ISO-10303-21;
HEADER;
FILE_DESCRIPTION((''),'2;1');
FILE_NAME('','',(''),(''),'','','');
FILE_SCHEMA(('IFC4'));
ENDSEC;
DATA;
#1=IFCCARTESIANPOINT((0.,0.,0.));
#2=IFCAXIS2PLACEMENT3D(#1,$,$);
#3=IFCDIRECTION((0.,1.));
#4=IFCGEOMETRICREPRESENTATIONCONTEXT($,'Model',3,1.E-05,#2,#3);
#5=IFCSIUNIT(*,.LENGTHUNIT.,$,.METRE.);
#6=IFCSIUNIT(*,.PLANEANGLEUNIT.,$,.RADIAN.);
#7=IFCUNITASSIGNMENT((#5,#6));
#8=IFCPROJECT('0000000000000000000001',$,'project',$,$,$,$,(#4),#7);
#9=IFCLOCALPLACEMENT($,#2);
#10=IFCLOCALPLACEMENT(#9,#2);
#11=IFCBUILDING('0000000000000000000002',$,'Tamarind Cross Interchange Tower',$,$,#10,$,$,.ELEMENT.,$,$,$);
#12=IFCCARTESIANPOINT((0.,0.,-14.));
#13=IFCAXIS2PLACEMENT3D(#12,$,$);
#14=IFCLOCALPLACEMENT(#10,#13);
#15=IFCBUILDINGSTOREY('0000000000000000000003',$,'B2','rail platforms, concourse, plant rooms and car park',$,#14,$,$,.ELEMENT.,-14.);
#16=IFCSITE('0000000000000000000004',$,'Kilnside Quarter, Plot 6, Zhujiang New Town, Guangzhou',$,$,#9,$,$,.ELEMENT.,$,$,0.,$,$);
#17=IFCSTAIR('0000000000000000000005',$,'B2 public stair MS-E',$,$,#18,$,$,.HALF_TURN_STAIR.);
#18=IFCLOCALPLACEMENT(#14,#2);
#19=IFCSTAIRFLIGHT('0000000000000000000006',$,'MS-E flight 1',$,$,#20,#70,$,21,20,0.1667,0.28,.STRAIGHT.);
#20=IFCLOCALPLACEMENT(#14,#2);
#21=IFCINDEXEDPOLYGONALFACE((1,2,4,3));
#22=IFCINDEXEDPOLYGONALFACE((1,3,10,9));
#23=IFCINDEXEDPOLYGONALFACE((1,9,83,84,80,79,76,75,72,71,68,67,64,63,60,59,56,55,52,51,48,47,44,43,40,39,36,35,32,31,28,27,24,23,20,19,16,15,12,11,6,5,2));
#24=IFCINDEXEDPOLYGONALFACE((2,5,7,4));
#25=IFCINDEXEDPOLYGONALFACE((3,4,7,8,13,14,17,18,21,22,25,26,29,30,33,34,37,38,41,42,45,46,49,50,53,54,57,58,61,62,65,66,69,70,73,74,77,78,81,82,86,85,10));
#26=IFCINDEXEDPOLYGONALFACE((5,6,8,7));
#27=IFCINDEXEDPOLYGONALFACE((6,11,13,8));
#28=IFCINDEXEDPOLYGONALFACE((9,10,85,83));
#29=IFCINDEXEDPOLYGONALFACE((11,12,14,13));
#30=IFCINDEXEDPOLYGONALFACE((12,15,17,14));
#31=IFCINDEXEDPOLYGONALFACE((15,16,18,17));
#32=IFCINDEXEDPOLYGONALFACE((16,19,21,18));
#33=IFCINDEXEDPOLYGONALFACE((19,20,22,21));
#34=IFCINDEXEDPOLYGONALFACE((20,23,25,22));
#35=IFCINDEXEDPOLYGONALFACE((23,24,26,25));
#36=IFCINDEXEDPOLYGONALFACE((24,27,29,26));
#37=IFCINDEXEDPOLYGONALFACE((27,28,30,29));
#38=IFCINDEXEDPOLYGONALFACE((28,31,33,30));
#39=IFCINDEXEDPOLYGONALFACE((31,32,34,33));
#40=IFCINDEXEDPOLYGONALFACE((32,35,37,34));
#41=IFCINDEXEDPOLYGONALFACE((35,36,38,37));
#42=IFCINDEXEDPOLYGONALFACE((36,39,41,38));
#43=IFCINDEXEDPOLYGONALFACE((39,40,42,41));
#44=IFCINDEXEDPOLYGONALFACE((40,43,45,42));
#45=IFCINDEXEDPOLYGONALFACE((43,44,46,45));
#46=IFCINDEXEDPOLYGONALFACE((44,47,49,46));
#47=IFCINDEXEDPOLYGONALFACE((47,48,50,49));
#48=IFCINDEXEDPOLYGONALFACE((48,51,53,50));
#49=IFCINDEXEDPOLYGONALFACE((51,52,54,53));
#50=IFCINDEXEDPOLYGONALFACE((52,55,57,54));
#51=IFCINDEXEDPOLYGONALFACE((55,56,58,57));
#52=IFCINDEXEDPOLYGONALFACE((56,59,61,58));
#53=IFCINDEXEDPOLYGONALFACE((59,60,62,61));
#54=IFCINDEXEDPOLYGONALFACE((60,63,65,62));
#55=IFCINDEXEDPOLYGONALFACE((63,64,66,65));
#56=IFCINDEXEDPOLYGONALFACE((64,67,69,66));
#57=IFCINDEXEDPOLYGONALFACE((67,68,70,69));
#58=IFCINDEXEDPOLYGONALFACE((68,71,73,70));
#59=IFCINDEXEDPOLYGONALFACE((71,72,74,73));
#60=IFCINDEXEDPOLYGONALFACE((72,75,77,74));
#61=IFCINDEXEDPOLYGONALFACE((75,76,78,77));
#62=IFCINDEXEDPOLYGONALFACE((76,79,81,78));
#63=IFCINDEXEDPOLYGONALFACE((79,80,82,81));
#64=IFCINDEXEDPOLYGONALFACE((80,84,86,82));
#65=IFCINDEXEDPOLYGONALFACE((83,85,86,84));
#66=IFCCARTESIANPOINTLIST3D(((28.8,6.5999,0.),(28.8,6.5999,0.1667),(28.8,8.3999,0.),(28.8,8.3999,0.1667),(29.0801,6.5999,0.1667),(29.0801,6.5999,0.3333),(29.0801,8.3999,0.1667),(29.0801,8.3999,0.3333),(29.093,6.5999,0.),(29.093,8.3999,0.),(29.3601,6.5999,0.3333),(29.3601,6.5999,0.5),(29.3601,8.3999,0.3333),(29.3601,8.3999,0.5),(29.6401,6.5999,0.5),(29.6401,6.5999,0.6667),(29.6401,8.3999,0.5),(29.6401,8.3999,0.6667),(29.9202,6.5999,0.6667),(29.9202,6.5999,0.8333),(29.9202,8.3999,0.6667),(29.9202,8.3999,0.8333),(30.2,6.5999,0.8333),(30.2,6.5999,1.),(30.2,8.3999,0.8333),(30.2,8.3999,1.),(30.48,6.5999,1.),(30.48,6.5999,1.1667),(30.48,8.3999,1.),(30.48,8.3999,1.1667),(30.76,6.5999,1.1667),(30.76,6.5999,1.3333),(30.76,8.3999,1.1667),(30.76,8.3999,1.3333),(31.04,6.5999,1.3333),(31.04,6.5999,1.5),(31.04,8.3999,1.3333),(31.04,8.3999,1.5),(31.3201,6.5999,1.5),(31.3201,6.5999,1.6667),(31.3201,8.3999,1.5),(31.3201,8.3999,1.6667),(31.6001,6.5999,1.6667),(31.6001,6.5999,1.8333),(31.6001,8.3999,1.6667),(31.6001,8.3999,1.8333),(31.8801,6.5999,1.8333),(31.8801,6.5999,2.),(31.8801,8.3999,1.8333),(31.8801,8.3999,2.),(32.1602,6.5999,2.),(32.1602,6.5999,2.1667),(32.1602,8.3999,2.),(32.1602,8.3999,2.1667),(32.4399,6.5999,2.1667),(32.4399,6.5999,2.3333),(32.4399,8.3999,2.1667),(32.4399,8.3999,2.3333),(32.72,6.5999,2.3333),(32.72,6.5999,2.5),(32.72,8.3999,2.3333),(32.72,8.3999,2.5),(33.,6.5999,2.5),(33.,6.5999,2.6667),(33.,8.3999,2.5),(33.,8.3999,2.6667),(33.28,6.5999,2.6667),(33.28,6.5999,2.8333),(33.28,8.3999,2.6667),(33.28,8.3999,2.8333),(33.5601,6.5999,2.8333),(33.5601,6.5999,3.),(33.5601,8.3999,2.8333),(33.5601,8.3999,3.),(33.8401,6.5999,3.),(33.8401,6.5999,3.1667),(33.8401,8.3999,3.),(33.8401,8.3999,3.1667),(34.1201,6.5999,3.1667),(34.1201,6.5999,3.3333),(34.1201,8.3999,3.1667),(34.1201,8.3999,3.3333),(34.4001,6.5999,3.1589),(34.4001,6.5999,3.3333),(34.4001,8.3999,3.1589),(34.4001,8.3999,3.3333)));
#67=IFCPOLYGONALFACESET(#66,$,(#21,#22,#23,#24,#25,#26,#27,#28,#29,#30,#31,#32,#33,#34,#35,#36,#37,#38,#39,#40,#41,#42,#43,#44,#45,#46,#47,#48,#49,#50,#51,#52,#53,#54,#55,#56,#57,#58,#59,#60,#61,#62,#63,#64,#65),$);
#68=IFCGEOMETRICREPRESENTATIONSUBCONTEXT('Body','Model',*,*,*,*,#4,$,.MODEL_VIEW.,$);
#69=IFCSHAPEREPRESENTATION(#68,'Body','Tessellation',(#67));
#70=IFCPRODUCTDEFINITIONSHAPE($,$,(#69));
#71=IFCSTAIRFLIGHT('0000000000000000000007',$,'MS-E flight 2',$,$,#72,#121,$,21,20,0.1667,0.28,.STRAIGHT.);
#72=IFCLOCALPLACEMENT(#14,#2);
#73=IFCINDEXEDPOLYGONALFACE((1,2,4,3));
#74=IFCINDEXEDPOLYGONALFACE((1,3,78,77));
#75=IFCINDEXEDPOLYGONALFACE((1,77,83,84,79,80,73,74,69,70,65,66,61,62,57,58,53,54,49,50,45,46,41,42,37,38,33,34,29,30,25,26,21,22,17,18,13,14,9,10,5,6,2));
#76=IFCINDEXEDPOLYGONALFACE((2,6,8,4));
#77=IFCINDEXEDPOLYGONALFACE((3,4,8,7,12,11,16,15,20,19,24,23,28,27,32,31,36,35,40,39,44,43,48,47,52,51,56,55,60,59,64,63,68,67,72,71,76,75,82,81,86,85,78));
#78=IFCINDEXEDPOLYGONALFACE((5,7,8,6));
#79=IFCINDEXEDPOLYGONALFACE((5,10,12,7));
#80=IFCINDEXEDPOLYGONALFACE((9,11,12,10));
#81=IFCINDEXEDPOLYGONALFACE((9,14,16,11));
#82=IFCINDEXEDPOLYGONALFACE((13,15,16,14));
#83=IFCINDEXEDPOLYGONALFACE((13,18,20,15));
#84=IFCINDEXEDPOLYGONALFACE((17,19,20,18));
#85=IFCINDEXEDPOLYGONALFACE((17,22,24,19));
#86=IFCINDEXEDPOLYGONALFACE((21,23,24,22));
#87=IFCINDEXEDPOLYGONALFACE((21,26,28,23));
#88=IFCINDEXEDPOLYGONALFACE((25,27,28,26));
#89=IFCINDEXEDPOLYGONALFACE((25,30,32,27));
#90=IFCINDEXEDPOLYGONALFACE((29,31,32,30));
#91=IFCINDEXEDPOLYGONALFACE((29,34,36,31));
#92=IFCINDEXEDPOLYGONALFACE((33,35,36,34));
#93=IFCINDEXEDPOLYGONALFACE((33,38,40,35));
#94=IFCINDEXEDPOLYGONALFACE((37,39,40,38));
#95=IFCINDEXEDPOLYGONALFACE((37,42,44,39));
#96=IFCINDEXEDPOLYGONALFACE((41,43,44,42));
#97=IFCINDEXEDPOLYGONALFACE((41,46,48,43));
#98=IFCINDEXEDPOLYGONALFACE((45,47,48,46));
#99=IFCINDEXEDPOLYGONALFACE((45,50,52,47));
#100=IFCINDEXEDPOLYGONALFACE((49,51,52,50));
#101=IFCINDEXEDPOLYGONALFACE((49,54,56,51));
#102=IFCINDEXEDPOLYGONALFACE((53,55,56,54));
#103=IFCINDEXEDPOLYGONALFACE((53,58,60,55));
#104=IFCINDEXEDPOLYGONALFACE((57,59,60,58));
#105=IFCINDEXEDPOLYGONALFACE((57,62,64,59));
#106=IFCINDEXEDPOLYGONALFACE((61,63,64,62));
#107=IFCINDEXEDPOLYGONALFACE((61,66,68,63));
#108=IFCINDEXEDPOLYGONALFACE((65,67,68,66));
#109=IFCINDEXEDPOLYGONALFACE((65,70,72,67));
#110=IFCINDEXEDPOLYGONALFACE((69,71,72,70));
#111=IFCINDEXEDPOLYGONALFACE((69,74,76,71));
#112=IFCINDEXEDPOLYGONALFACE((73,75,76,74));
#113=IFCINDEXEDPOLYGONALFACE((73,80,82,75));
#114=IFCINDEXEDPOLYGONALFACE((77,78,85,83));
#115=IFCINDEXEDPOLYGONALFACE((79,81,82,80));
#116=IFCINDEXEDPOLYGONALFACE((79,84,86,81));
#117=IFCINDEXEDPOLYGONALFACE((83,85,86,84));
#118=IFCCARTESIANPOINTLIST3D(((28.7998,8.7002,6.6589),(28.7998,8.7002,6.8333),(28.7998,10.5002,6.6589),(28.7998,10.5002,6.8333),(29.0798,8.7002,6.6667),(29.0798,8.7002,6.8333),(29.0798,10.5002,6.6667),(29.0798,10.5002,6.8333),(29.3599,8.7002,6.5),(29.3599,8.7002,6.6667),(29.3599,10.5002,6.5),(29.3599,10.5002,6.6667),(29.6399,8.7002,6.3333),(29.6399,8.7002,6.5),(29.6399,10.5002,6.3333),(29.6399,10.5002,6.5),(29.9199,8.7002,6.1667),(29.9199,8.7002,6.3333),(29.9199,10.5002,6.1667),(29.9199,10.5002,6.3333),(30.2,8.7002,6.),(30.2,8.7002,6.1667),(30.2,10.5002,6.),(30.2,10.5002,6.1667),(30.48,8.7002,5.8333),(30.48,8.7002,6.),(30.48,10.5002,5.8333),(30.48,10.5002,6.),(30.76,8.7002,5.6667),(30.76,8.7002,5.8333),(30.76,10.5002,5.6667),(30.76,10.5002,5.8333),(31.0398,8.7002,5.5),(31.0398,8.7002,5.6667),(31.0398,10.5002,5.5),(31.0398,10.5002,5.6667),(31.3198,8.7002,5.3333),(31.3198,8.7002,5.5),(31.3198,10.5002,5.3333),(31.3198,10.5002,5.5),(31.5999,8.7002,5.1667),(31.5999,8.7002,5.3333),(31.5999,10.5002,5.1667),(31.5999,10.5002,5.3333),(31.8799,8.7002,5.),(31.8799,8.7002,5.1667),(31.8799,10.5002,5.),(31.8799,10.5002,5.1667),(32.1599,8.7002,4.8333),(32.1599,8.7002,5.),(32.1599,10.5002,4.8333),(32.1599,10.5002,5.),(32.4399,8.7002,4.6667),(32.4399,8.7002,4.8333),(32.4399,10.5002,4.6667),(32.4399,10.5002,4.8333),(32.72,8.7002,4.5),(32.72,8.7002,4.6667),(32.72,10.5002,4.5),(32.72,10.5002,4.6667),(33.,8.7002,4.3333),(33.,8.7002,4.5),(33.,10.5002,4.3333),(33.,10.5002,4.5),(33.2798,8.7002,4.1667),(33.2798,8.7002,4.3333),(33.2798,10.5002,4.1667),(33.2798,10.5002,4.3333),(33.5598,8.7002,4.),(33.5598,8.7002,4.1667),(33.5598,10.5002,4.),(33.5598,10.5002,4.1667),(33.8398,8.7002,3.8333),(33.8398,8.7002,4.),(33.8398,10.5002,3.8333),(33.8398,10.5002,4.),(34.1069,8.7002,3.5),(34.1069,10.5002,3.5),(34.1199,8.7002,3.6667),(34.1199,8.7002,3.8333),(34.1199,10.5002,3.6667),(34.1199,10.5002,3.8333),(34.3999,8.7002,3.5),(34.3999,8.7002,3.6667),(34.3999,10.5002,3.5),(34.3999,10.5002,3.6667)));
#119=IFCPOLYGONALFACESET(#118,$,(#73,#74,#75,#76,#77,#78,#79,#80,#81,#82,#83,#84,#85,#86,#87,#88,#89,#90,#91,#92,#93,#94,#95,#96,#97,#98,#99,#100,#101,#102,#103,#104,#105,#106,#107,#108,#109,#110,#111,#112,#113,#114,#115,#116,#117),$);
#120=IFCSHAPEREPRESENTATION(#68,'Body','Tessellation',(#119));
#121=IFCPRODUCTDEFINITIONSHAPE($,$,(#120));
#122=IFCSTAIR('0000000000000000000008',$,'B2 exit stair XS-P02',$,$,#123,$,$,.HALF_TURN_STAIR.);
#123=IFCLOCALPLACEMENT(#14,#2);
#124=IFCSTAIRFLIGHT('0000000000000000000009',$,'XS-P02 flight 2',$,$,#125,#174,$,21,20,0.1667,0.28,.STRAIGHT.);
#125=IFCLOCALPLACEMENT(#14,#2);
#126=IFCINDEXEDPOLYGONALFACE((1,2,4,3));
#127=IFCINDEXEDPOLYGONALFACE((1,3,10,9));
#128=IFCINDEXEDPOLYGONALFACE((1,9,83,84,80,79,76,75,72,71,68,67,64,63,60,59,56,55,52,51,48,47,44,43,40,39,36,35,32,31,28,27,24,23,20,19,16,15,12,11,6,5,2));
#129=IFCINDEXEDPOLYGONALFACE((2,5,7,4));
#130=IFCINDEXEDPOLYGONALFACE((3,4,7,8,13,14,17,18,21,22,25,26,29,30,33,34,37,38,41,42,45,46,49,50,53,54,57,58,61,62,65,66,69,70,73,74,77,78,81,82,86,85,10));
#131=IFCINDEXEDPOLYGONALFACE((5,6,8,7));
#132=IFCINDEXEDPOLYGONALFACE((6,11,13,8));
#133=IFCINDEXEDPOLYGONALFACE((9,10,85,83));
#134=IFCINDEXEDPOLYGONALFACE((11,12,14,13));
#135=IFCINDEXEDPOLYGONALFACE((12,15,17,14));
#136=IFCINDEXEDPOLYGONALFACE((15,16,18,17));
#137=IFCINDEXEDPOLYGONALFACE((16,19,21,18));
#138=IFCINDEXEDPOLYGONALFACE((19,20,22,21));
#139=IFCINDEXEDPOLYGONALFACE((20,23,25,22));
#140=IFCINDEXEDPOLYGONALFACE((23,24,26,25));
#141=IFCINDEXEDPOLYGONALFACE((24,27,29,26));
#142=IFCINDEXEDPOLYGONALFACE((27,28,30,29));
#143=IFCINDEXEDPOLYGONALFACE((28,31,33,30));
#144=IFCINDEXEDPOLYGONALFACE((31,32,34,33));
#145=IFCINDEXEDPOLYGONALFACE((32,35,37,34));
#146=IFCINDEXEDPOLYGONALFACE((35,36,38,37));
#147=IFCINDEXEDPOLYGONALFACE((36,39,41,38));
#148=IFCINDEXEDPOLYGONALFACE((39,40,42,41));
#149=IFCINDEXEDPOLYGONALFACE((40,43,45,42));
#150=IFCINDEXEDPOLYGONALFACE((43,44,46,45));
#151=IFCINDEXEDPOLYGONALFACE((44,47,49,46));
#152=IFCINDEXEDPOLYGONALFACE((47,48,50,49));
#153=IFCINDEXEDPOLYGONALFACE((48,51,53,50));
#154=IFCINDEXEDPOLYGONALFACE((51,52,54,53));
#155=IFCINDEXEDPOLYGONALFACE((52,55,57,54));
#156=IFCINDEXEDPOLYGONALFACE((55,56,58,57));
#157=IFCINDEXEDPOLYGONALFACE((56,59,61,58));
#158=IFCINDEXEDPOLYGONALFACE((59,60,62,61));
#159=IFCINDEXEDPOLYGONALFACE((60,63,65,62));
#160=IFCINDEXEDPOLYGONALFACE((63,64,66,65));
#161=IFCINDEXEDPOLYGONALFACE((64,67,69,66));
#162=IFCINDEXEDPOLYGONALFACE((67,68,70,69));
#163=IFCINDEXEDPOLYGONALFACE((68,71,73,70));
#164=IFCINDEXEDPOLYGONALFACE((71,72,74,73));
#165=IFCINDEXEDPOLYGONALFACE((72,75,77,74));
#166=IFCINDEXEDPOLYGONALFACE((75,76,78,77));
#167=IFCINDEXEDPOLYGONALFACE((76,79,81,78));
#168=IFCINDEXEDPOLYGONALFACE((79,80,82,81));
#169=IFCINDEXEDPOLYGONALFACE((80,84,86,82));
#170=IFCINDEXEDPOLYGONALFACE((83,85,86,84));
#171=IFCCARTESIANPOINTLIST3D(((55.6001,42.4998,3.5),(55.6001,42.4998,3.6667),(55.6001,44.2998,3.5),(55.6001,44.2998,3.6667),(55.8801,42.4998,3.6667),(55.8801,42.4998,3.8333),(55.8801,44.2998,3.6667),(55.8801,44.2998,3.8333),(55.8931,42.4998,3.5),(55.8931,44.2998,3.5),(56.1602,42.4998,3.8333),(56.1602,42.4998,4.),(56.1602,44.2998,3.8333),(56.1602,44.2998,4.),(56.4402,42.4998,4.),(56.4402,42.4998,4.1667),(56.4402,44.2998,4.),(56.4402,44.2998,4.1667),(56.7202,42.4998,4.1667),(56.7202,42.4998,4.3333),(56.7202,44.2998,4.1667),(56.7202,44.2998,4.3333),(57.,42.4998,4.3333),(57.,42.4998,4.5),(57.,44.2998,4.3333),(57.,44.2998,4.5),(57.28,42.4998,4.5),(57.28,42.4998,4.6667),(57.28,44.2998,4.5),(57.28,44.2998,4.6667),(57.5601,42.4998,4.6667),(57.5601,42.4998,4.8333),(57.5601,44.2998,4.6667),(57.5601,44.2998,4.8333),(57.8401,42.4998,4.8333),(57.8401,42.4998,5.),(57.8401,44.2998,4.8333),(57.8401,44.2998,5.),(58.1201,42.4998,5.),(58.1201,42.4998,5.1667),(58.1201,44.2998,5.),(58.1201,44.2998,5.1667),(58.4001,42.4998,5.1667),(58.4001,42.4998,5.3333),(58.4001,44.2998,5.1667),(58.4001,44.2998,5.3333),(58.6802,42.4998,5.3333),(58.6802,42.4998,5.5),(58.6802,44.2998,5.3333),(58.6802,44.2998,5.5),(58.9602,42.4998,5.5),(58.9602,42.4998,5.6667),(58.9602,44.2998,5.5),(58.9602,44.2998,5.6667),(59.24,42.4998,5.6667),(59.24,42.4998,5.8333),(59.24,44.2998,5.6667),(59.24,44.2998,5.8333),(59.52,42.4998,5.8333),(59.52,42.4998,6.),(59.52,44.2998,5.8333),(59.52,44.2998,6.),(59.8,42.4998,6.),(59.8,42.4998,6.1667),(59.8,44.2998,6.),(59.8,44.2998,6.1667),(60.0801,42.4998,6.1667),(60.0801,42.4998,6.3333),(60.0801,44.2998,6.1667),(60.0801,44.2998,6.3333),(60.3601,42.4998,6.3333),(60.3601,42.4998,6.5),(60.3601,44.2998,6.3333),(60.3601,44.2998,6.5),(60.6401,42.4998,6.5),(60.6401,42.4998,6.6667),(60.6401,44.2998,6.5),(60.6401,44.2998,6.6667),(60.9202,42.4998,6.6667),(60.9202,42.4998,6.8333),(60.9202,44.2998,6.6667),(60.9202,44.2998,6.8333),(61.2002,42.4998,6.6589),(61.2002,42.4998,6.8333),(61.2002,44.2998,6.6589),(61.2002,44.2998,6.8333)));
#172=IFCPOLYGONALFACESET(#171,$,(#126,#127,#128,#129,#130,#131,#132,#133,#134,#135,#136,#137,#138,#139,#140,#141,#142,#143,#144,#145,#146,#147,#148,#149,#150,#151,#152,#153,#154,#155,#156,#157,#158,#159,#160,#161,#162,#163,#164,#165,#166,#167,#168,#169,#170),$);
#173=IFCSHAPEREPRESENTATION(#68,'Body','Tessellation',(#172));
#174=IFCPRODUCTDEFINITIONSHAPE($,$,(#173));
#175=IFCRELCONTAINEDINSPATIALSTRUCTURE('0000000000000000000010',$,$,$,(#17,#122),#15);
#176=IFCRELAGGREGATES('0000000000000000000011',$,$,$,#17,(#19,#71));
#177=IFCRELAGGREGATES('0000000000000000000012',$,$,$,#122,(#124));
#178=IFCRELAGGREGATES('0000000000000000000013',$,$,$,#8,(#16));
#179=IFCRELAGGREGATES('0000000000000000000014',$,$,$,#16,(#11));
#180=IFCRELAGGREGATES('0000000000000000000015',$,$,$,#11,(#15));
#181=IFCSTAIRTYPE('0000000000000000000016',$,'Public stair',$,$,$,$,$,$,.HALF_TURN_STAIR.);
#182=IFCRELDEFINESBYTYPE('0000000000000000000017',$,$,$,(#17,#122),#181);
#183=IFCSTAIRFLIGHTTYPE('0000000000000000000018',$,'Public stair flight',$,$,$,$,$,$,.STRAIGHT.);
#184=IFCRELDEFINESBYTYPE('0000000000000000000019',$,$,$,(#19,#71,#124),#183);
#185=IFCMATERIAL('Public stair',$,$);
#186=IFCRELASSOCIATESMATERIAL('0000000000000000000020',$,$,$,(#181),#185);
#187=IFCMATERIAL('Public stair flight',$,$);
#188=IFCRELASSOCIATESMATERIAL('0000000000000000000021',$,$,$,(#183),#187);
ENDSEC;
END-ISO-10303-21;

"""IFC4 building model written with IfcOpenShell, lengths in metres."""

from ifc_helpers import new_model, si_unit, direction, frame, origin, place, context, subcontext, project, spatial, polyline, outline, extrude, material, type_object, element, aggregate, save


model = new_model("IFC4")

# Units and contexts
model_context = context("Model", 3, precision=1e-05, world=origin(), true_north=direction((0.0, 1.0)))
body_context = subcontext(model_context, "Body", "Model", "MODEL_VIEW")
ifc_project = project(units=[si_unit("LENGTHUNIT", "METRE"), si_unit("PLANEANGLEUNIT", "RADIAN")], contexts=[model_context])

# Site, building, storey
site_placement = place(None, origin())
site = spatial("IfcSite", under=ifc_project, at=site_placement, Name="Kilnside Quarter, Plot 6, Zhujiang New Town, Guangzhou", CompositionType="ELEMENT", RefElevation=0.0)
building_placement = place(site_placement, origin())
building = spatial("IfcBuilding", under=site, at=building_placement, Name="Tamarind Cross Interchange Tower", CompositionType="ELEMENT")
storey_placement = place(building_placement, frame((0.0, 0.0, -14.0)))
storey = spatial("IfcBuildingStorey", under=building, at=storey_placement, Name="B2", Description="rail platforms, concourse, plant rooms and car park", CompositionType="ELEMENT", Elevation=-14.0)

# Stair, stair flights
ifc_material_1 = material(Name="Public stair")
stair_type = type_object("IfcStairType", Name="Public stair", PredefinedType="HALF_TURN_STAIR", material=ifc_material_1)
stair_1_placement = place(storey_placement, origin())
stair_1 = element("IfcStair", 1, at=stair_1_placement, inside=storey, type_object=stair_type, Name="B2 public stair MS-E", PredefinedType="HALF_TURN_STAIR")
ifc_material_2 = material(Name="Public stair flight")
stair_flight_type = type_object("IfcStairFlightType", Name="Public stair flight", PredefinedType="STRAIGHT", material=ifc_material_2)
stair_flight_1_placement = place(storey_placement, frame((28.8, 7.5, 0.0), z_axis=(0.0, 0.0, 1.0), x_axis=(1.0, 0.0, 0.0)))
stair_flight_1 = element("IfcStairFlight", 2, at=stair_flight_1_placement, type_object=stair_flight_type, Name="MS-E flight 1", NumberOfRisers=21, NumberOfTreads=20, PredefinedType="STRAIGHT", RiserHeight=0.1667, TreadLength=0.28, context=body_context, shape_type="SweptSolid", body=[
    extrude(outline(polyline([(0.0, 0.0), (0.0, 0.1667), (0.28, 0.1667), (0.28, 0.3333), (0.5601, 0.3333), (0.5601, 0.5), (0.8401, 0.5), (0.8401, 0.6667), (1.1201, 0.6667), (1.1201, 0.8333), (1.3999, 0.8333), (1.3999, 1.0), (1.6799, 1.0), (1.6799, 1.1667), (1.96, 1.1667), (1.96, 1.3333), (2.24, 1.3333), (2.24, 1.5), (2.52, 1.5), (2.52, 1.6667), (2.8, 1.6667), (2.8, 1.8333), (3.0801, 1.8333), (3.0801, 2.0), (3.3601, 2.0), (3.3601, 2.1667), (3.6399, 2.1667), (3.6399, 2.3333), (3.9199, 2.3333), (3.9199, 2.5), (4.2, 2.5), (4.2, 2.6667), (4.48, 2.6667), (4.48, 2.8333), (4.76, 2.8333), (4.76, 3.0), (5.04, 3.0), (5.04, 3.1667), (5.3201, 3.1667), (5.3201, 3.3333), (5.6001, 3.3333), (5.6001, 3.5), (5.6001, 3.1589), (0.293, 0.0), (0.0, 0.0)])), frame((0.0, 0.8999, 0.0), z_axis=(0.0, -1.0, 0.0), x_axis=(1.0, 0.0, 0.0)), (0.0, 0.0, 1.0), 1.8),
])
stair_flight_2_placement = place(storey_placement, frame((34.3999, 9.6001, 3.5), z_axis=(0.0, 0.0, 1.0), x_axis=(-1.0, 0.0, 0.0)))
stair_flight_2 = element("IfcStairFlight", 3, at=stair_flight_2_placement, type_object=stair_flight_type, Name="MS-E flight 2", NumberOfRisers=21, NumberOfTreads=20, PredefinedType="STRAIGHT", RiserHeight=0.1667, TreadLength=0.28, context=body_context, shape_type="SweptSolid", body=[
    extrude(outline(polyline([(0.0, 0.0), (0.0, 0.1667), (0.28, 0.1667), (0.28, 0.3333), (0.5601, 0.3333), (0.5601, 0.5), (0.8401, 0.5), (0.8401, 0.6667), (1.1201, 0.6667), (1.1201, 0.8333), (1.3999, 0.8333), (1.3999, 1.0), (1.6799, 1.0), (1.6799, 1.1667), (1.96, 1.1667), (1.96, 1.3333), (2.24, 1.3333), (2.24, 1.5), (2.52, 1.5), (2.52, 1.6667), (2.8, 1.6667), (2.8, 1.8333), (3.0801, 1.8333), (3.0801, 2.0), (3.3601, 2.0), (3.3601, 2.1667), (3.6399, 2.1667), (3.6399, 2.3333), (3.9199, 2.3333), (3.9199, 2.5), (4.2, 2.5), (4.2, 2.6667), (4.48, 2.6667), (4.48, 2.8333), (4.76, 2.8333), (4.76, 3.0), (5.04, 3.0), (5.04, 3.1667), (5.3201, 3.1667), (5.3201, 3.3333), (5.6001, 3.3333), (5.6001, 3.5), (5.6001, 3.1589), (0.293, 0.0), (0.0, 0.0)])), frame((0.0, 0.8999, 0.0), z_axis=(0.0, -1.0, 0.0), x_axis=(1.0, 0.0, 0.0)), (0.0, 0.0, 1.0), 1.8),
])
aggregate(stair_1, [stair_flight_1, stair_flight_2])

# Stair, stair flight
stair_2_placement = place(storey_placement, origin())
stair_2 = element("IfcStair", 4, at=stair_2_placement, inside=storey, type_object=stair_type, Name="B2 exit stair XS-P02", PredefinedType="HALF_TURN_STAIR")
stair_flight_3_placement = place(storey_placement, frame((55.6001, 43.3999, 3.5), z_axis=(0.0, 0.0, 1.0), x_axis=(1.0, 0.0, 0.0)))
stair_flight_3 = element("IfcStairFlight", 5, at=stair_flight_3_placement, type_object=stair_flight_type, Name="XS-P02 flight 2", NumberOfRisers=21, NumberOfTreads=20, PredefinedType="STRAIGHT", RiserHeight=0.1667, TreadLength=0.28, context=body_context, shape_type="SweptSolid", body=[
    extrude(outline(polyline([(0.0, 0.0), (0.0, 0.1667), (0.28, 0.1667), (0.28, 0.3333), (0.5601, 0.3333), (0.5601, 0.5), (0.8401, 0.5), (0.8401, 0.6667), (1.1201, 0.6667), (1.1201, 0.8333), (1.3999, 0.8333), (1.3999, 1.0), (1.6799, 1.0), (1.6799, 1.1667), (1.96, 1.1667), (1.96, 1.3333), (2.24, 1.3333), (2.24, 1.5), (2.52, 1.5), (2.52, 1.6667), (2.8, 1.6667), (2.8, 1.8333), (3.0801, 1.8333), (3.0801, 2.0), (3.3601, 2.0), (3.3601, 2.1667), (3.6399, 2.1667), (3.6399, 2.3333), (3.9199, 2.3333), (3.9199, 2.5), (4.2, 2.5), (4.2, 2.6667), (4.48, 2.6667), (4.48, 2.8333), (4.76, 2.8333), (4.76, 3.0), (5.04, 3.0), (5.04, 3.1667), (5.3201, 3.1667), (5.3201, 3.3333), (5.6001, 3.3333), (5.6001, 3.5), (5.6001, 3.1589), (0.293, 0.0), (0.0, 0.0)])), frame((0.0, 0.8999, 0.0), z_axis=(0.0, -1.0, 0.0), x_axis=(1.0, 0.0, 0.0)), (0.0, 0.0, 1.0), 1.8),
])
aggregate(stair_2, [stair_flight_3])

save(model, "model.ifc")
